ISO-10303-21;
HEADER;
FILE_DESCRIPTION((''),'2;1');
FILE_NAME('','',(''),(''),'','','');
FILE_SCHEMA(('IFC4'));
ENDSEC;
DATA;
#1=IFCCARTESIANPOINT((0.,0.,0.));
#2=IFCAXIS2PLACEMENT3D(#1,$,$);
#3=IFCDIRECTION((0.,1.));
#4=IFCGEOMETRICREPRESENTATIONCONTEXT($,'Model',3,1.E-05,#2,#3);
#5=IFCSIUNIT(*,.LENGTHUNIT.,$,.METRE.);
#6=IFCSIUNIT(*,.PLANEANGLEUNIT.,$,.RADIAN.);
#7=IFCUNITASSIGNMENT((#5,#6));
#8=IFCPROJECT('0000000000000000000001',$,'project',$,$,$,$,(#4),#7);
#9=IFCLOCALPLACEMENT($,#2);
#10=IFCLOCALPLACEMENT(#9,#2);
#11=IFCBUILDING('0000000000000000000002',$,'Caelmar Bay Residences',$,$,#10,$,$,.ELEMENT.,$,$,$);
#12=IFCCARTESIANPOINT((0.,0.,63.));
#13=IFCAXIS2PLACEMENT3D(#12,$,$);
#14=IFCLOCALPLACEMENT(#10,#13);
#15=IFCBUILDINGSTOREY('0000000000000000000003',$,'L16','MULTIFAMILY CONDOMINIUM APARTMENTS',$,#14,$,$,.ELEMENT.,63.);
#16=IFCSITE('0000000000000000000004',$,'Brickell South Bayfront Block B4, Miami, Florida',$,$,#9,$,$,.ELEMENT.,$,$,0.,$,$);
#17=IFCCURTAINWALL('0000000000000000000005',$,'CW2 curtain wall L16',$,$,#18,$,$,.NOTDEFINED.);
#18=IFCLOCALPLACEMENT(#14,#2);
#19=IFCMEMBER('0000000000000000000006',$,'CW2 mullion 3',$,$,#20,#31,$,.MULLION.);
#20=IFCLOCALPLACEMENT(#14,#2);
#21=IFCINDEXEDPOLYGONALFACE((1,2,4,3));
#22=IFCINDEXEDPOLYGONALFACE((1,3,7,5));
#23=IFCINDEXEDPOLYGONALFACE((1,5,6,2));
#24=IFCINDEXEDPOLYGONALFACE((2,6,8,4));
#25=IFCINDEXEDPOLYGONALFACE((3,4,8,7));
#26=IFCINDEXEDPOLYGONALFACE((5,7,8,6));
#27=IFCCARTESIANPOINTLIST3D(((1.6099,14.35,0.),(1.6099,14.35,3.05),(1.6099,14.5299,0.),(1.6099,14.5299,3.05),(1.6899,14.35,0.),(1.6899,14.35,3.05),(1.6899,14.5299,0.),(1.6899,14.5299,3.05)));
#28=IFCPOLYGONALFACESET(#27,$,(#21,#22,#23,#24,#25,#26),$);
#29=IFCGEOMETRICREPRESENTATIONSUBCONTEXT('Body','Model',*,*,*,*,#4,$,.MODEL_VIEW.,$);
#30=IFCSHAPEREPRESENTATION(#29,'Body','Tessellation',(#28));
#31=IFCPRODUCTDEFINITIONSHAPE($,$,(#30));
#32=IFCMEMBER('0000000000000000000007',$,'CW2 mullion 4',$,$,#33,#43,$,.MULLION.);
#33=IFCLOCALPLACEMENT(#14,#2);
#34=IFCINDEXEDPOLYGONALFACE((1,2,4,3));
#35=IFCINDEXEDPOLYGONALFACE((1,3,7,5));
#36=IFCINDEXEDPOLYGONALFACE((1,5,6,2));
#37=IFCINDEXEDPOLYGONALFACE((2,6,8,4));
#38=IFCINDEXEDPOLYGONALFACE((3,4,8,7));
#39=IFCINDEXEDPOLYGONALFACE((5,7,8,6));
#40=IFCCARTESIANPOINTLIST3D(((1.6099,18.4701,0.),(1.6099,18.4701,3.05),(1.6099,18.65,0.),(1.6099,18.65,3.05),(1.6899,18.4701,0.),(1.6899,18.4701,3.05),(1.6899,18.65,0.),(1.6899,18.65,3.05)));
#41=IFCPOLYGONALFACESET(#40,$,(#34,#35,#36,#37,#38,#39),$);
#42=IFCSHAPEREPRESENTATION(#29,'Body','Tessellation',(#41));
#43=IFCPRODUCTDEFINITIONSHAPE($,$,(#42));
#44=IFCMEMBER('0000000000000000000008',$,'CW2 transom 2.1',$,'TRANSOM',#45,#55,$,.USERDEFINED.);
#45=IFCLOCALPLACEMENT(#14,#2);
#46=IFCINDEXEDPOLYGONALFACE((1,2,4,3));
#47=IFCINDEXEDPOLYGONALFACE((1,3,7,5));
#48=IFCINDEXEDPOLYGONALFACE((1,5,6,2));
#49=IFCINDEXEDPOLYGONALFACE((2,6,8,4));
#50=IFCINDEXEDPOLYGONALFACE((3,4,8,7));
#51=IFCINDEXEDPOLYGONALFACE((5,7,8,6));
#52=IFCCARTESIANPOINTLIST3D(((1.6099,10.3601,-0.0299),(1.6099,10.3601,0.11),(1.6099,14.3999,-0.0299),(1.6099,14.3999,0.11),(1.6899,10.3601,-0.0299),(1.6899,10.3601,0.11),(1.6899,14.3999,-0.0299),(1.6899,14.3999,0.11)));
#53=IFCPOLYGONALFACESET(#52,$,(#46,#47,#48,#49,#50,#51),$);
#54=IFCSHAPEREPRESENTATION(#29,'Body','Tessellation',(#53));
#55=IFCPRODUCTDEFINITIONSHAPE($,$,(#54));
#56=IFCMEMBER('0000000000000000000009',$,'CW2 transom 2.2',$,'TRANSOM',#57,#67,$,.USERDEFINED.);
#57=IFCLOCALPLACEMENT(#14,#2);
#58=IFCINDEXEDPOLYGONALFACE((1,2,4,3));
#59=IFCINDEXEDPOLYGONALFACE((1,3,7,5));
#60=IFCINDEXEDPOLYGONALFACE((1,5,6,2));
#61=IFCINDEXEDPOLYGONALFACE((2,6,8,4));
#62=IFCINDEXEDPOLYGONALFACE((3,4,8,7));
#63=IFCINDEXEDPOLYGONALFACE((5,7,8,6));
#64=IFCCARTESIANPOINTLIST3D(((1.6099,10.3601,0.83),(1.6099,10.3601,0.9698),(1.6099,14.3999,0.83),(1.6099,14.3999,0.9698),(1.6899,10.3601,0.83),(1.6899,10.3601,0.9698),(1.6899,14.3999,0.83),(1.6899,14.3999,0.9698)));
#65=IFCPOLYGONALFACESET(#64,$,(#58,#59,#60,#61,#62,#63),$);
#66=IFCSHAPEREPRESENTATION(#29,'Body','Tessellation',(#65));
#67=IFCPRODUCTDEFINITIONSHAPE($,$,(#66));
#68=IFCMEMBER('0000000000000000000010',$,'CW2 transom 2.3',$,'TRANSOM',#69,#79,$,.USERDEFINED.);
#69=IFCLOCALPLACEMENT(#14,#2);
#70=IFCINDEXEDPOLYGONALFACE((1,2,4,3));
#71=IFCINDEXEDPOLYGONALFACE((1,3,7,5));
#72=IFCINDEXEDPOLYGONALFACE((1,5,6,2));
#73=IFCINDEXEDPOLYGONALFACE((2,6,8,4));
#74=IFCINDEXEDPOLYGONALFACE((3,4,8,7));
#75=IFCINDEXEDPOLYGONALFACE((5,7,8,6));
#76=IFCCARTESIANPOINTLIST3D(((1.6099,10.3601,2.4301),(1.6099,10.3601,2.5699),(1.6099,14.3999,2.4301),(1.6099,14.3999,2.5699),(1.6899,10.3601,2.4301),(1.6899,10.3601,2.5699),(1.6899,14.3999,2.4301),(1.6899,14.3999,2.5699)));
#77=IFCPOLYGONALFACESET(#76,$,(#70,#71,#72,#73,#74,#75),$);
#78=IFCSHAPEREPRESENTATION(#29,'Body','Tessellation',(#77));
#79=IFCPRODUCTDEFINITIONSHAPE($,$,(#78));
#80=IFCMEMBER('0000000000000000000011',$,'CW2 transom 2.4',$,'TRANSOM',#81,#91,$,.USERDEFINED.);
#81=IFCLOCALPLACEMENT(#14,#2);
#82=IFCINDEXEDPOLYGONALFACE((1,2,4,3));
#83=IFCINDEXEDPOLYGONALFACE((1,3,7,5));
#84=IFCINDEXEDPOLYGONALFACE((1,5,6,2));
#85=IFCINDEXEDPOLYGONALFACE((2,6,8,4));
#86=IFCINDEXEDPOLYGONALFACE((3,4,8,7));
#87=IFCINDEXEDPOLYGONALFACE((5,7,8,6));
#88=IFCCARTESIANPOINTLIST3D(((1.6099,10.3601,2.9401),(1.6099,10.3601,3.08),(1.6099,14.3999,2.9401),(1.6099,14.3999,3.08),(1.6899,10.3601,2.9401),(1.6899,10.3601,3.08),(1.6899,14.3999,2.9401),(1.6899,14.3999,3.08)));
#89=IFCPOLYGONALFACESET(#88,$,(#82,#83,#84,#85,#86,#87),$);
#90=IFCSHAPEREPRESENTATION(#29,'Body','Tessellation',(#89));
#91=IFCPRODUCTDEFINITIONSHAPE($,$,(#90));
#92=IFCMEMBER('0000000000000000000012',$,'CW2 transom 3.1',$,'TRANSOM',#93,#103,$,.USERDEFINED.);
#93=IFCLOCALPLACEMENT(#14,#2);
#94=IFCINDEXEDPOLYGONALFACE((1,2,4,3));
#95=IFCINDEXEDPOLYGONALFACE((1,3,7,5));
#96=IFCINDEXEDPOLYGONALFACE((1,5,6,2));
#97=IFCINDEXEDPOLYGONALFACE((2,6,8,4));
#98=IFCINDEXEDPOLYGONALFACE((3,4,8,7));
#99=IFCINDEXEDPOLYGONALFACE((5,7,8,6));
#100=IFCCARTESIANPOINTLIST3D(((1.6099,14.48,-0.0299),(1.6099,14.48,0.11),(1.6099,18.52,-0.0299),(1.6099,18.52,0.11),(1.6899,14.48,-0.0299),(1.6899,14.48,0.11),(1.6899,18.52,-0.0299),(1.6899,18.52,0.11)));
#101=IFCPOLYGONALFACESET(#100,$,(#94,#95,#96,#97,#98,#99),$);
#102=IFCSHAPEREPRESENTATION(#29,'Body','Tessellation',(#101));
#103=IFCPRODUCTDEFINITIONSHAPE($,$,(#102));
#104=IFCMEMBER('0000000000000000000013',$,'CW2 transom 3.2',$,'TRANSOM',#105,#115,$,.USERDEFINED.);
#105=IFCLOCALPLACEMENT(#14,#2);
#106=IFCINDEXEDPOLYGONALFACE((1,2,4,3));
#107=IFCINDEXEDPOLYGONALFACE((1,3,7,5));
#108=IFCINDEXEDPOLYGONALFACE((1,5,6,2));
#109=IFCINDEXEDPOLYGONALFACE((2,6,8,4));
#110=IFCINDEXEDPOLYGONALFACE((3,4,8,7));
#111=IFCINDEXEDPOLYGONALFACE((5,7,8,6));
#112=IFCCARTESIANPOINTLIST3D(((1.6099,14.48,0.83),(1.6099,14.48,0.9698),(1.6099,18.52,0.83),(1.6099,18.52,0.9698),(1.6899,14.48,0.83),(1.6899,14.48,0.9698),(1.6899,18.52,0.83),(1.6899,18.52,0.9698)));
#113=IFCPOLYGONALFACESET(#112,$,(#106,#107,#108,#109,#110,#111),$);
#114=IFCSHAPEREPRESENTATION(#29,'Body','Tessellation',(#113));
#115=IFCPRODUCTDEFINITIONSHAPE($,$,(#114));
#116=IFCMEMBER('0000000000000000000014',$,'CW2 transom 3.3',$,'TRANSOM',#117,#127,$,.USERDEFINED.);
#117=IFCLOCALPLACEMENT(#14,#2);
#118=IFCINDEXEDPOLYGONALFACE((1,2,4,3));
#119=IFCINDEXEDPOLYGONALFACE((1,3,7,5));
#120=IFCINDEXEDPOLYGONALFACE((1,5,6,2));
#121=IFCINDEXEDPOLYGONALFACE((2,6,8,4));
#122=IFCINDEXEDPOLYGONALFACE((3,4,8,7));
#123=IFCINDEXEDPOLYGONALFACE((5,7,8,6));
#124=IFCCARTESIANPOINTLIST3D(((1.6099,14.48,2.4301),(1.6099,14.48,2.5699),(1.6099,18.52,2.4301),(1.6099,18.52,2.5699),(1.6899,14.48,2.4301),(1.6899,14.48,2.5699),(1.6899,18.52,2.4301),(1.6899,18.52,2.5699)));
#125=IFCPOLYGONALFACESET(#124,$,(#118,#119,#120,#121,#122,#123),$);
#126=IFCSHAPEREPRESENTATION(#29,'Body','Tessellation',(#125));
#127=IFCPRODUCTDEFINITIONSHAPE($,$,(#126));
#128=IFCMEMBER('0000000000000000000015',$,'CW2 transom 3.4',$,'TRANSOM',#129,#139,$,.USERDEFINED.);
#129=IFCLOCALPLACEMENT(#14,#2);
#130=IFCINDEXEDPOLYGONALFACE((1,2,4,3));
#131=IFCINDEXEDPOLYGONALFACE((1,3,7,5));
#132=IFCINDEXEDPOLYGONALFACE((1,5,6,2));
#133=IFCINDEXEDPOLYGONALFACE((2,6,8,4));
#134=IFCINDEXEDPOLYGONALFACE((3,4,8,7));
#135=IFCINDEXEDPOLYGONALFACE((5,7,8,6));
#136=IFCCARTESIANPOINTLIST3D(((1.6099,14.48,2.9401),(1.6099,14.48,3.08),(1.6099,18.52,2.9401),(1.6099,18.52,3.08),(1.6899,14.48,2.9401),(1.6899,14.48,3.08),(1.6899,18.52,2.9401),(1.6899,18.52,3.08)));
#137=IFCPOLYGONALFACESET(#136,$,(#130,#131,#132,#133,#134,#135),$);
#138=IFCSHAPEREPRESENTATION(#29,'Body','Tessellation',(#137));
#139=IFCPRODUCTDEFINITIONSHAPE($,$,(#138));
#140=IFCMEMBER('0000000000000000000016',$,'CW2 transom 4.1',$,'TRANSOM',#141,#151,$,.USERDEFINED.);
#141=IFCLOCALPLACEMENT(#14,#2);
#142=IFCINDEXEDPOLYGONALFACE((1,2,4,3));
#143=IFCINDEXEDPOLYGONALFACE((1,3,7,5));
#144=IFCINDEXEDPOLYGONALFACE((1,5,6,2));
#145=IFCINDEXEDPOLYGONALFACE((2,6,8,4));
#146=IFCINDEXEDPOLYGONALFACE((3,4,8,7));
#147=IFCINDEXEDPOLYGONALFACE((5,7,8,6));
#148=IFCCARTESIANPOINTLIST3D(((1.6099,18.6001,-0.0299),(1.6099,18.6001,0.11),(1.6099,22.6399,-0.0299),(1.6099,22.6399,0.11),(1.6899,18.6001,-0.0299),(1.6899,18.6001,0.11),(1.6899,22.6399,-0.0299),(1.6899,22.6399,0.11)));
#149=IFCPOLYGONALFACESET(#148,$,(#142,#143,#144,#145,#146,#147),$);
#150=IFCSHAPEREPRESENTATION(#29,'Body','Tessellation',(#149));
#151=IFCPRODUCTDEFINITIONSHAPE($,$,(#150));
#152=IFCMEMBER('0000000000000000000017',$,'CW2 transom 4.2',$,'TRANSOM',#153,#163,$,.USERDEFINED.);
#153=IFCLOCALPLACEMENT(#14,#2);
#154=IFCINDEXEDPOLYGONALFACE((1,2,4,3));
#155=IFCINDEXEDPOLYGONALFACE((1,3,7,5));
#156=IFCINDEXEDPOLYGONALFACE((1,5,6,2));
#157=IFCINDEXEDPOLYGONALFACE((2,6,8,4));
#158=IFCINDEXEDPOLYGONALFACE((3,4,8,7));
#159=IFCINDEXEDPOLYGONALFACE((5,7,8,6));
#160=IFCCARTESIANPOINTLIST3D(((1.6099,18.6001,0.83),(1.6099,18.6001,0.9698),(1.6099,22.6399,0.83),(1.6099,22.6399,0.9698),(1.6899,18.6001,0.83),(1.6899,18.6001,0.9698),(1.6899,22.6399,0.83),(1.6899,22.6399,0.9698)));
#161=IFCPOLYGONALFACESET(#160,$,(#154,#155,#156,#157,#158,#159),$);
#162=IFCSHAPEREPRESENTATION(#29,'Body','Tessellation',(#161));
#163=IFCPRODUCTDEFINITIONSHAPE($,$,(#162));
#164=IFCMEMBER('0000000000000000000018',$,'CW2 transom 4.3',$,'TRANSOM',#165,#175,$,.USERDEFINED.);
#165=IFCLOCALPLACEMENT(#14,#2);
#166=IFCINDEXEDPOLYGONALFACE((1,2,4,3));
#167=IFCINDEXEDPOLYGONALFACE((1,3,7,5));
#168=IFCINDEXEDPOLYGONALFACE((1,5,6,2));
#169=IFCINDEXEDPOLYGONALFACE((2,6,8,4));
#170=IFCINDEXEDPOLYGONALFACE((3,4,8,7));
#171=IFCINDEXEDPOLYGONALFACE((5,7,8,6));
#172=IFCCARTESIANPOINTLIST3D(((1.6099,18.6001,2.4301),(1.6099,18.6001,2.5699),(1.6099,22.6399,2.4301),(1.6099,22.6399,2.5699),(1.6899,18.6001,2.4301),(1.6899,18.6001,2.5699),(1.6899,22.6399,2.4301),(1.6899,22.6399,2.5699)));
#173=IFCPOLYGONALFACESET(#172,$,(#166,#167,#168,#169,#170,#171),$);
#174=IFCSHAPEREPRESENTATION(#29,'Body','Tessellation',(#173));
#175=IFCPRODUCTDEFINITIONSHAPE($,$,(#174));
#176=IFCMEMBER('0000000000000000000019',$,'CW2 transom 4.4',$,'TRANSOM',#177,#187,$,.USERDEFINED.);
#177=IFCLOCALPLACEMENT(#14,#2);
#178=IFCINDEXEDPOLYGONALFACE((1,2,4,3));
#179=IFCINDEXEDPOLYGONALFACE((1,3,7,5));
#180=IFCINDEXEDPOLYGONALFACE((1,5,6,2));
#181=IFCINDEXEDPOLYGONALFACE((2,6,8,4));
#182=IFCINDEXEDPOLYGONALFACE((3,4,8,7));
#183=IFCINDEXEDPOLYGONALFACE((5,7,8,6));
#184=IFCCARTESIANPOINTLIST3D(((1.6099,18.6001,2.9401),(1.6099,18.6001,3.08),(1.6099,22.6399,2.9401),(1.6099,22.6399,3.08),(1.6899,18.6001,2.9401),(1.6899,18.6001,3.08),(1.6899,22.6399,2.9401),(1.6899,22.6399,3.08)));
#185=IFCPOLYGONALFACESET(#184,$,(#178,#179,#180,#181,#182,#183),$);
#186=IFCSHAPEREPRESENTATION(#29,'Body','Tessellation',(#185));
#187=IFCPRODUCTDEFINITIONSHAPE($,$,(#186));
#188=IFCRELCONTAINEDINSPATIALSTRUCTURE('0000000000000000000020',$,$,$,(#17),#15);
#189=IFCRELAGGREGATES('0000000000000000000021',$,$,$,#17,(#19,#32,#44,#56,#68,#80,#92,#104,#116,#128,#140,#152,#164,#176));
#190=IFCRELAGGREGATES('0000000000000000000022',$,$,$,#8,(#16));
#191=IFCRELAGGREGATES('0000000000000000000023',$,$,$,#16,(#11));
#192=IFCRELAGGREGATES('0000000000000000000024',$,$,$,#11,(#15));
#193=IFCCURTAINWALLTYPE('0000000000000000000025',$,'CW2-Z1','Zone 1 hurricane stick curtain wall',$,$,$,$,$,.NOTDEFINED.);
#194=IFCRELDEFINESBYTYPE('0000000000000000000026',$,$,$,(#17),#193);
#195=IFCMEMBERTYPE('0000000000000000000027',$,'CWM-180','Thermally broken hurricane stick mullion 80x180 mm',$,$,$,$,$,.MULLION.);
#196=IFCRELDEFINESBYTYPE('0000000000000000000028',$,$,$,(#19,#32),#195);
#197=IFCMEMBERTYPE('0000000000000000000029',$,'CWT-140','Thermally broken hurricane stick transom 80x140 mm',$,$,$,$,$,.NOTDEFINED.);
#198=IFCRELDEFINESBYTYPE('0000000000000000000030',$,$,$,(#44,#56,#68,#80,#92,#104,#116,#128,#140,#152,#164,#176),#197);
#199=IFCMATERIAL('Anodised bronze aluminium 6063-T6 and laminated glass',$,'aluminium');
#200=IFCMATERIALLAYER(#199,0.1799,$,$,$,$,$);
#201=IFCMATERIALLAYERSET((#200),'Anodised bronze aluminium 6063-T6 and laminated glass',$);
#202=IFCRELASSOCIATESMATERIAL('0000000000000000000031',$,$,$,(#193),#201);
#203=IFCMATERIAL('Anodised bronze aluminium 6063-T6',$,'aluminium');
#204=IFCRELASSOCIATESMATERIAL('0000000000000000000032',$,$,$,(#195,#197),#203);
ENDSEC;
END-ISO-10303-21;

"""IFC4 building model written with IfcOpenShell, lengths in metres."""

from ifc_helpers import new_model, si_unit, direction, frame, origin, origin_2d, place, context, subcontext, project, spatial, rectangle, extrude, material, layer, layer_set, material_profile, profile_set, type_object, element, aggregate, save


model = new_model("IFC4")

# Units and contexts
model_context = context("Model", 3, precision=1e-05, world=origin(), true_north=direction((0.0, 1.0)))
body_context = subcontext(model_context, "Body", "Model", "MODEL_VIEW")
ifc_project = project(units=[si_unit("LENGTHUNIT", "METRE"), si_unit("PLANEANGLEUNIT", "RADIAN")], contexts=[model_context])

# Site, building, storey
site_placement = place(None, origin())
site = spatial("IfcSite", under=ifc_project, at=site_placement, Name="Brickell South Bayfront Block B4, Miami, Florida", CompositionType="ELEMENT", RefElevation=0.0)
building_placement = place(site_placement, origin())
building = spatial("IfcBuilding", under=site, at=building_placement, Name="Caelmar Bay Residences", CompositionType="ELEMENT")
storey_placement = place(building_placement, frame((0.0, 0.0, 63.0)))
storey = spatial("IfcBuildingStorey", under=building, at=storey_placement, Name="L16", Description="MULTIFAMILY CONDOMINIUM APARTMENTS", CompositionType="ELEMENT", Elevation=63.0)

# Curtain wall, members
ifc_material_1 = material(Name="Anodised bronze aluminium 6063-T6 and laminated glass", Category="aluminium")
ifc_layer_1 = layer(ifc_material_1, 0.1799)
ifc_layer_set_1 = layer_set([ifc_layer_1], Name="Anodised bronze aluminium 6063-T6 and laminated glass")
curtain_wall_type = type_object("IfcCurtainWallType", Name="CW2-Z1", Description="Zone 1 hurricane stick curtain wall", PredefinedType="NOTDEFINED", material=ifc_layer_set_1)
curtain_wall_placement = place(storey_placement, origin())
curtain_wall = element("IfcCurtainWall", 1, at=curtain_wall_placement, inside=storey, type_object=curtain_wall_type, Name="CW2 curtain wall L16", PredefinedType="NOTDEFINED")
ifc_material_2 = material(Name="Anodised bronze aluminium 6063-T6", Category="aluminium")
ifc_material_profile_1 = material_profile(ifc_material_2, rectangle(XDim=0.0801, YDim=0.1799, at=origin_2d()), Name="CWM-80X180")
ifc_profile_set_1 = profile_set([ifc_material_profile_1], Name="Anodised bronze aluminium 6063-T6")
member_type_1 = type_object("IfcMemberType", Name="CWM-180", Description="Thermally broken hurricane stick mullion 80x180 mm", PredefinedType="MULLION", material=ifc_profile_set_1)
member_1_placement = place(storey_placement, frame((1.6499, 14.4399, 0.0), z_axis=(0.0, 0.0, 1.0), x_axis=(-1.0, 0.0, 0.0)))
member_1 = element("IfcMember", 2, at=member_1_placement, type_object=member_type_1, Name="CW2 mullion 3", PredefinedType="MULLION", context=body_context, shape_type="SweptSolid", body=[
    extrude(rectangle(XDim=0.0801, YDim=0.1799, at=origin_2d()), origin(), (0.0, 0.0, 1.0), 3.05),
])
member_2_placement = place(storey_placement, frame((1.6499, 18.5601, 0.0), z_axis=(0.0, 0.0, 1.0), x_axis=(-1.0, 0.0, 0.0)))
member_2 = element("IfcMember", 3, at=member_2_placement, type_object=member_type_1, Name="CW2 mullion 4", PredefinedType="MULLION", context=body_context, shape_type="SweptSolid", body=[
    extrude(rectangle(XDim=0.0801, YDim=0.1799, at=origin_2d()), origin(), (0.0, 0.0, 1.0), 3.05),
])
ifc_material_profile_2 = material_profile(ifc_material_2, rectangle(XDim=0.0801, YDim=0.1399, at=origin_2d()), Name="CWT-80X140")
ifc_profile_set_2 = profile_set([ifc_material_profile_2], Name="Anodised bronze aluminium 6063-T6")
member_type_2 = type_object("IfcMemberType", Name="CWT-140", Description="Thermally broken hurricane stick transom 80x140 mm", PredefinedType="NOTDEFINED", material=ifc_profile_set_2)
member_3_placement = place(storey_placement, frame((1.6499, 10.3601, 0.04), z_axis=(0.0, 1.0, 0.0), x_axis=(-1.0, 0.0, 0.0)))
member_3 = element("IfcMember", 4, at=member_3_placement, type_object=member_type_2, Name="CW2 transom 2.1", ObjectType="TRANSOM", PredefinedType="USERDEFINED", context=body_context, shape_type="SweptSolid", body=[
    extrude(rectangle(XDim=0.0801, YDim=0.1399, at=origin_2d()), origin(), (0.0, 0.0, 1.0), 4.0398),
])
member_4_placement = place(storey_placement, frame((1.6499, 10.3601, 0.8999), z_axis=(0.0, 1.0, 0.0), x_axis=(-1.0, 0.0, 0.0)))
member_4 = element("IfcMember", 5, at=member_4_placement, type_object=member_type_2, Name="CW2 transom 2.2", ObjectType="TRANSOM", PredefinedType="USERDEFINED", context=body_context, shape_type="SweptSolid", body=[
    extrude(rectangle(XDim=0.0801, YDim=0.1399, at=origin_2d()), origin(), (0.0, 0.0, 1.0), 4.0398),
])
member_5_placement = place(storey_placement, frame((1.6499, 10.3601, 2.5), z_axis=(0.0, 1.0, 0.0), x_axis=(-1.0, 0.0, 0.0)))
member_5 = element("IfcMember", 6, at=member_5_placement, type_object=member_type_2, Name="CW2 transom 2.3", ObjectType="TRANSOM", PredefinedType="USERDEFINED", context=body_context, shape_type="SweptSolid", body=[
    extrude(rectangle(XDim=0.0801, YDim=0.1399, at=origin_2d()), origin(), (0.0, 0.0, 1.0), 4.0398),
])
member_6_placement = place(storey_placement, frame((1.6499, 10.3601, 3.01), z_axis=(0.0, 1.0, 0.0), x_axis=(-1.0, 0.0, 0.0)))
member_6 = element("IfcMember", 7, at=member_6_placement, type_object=member_type_2, Name="CW2 transom 2.4", ObjectType="TRANSOM", PredefinedType="USERDEFINED", context=body_context, shape_type="SweptSolid", body=[
    extrude(rectangle(XDim=0.0801, YDim=0.1399, at=origin_2d()), origin(), (0.0, 0.0, 1.0), 4.0398),
])
member_7_placement = place(storey_placement, frame((1.6499, 14.48, 0.04), z_axis=(0.0, 1.0, 0.0), x_axis=(-1.0, 0.0, 0.0)))
member_7 = element("IfcMember", 8, at=member_7_placement, type_object=member_type_2, Name="CW2 transom 3.1", ObjectType="TRANSOM", PredefinedType="USERDEFINED", context=body_context, shape_type="SweptSolid", body=[
    extrude(rectangle(XDim=0.0801, YDim=0.1399, at=origin_2d()), origin(), (0.0, 0.0, 1.0), 4.04),
])
member_8_placement = place(storey_placement, frame((1.6499, 14.48, 0.8999), z_axis=(0.0, 1.0, 0.0), x_axis=(-1.0, 0.0, 0.0)))
member_8 = element("IfcMember", 9, at=member_8_placement, type_object=member_type_2, Name="CW2 transom 3.2", ObjectType="TRANSOM", PredefinedType="USERDEFINED", context=body_context, shape_type="SweptSolid", body=[
    extrude(rectangle(XDim=0.0801, YDim=0.1399, at=origin_2d()), origin(), (0.0, 0.0, 1.0), 4.04),
])
member_9_placement = place(storey_placement, frame((1.6499, 14.48, 2.5), z_axis=(0.0, 1.0, 0.0), x_axis=(-1.0, 0.0, 0.0)))
member_9 = element("IfcMember", 10, at=member_9_placement, type_object=member_type_2, Name="CW2 transom 3.3", ObjectType="TRANSOM", PredefinedType="USERDEFINED", context=body_context, shape_type="SweptSolid", body=[
    extrude(rectangle(XDim=0.0801, YDim=0.1399, at=origin_2d()), origin(), (0.0, 0.0, 1.0), 4.04),
])
member_10_placement = place(storey_placement, frame((1.6499, 14.48, 3.01), z_axis=(0.0, 1.0, 0.0), x_axis=(-1.0, 0.0, 0.0)))
member_10 = element("IfcMember", 11, at=member_10_placement, type_object=member_type_2, Name="CW2 transom 3.4", ObjectType="TRANSOM", PredefinedType="USERDEFINED", context=body_context, shape_type="SweptSolid", body=[
    extrude(rectangle(XDim=0.0801, YDim=0.1399, at=origin_2d()), origin(), (0.0, 0.0, 1.0), 4.04),
])
member_11_placement = place(storey_placement, frame((1.6499, 18.6001, 0.04), z_axis=(0.0, 1.0, 0.0), x_axis=(-1.0, 0.0, 0.0)))
member_11 = element("IfcMember", 12, at=member_11_placement, type_object=member_type_2, Name="CW2 transom 4.1", ObjectType="TRANSOM", PredefinedType="USERDEFINED", context=body_context, shape_type="SweptSolid", body=[
    extrude(rectangle(XDim=0.0801, YDim=0.1399, at=origin_2d()), origin(), (0.0, 0.0, 1.0), 4.0398),
])
member_12_placement = place(storey_placement, frame((1.6499, 18.6001, 0.8999), z_axis=(0.0, 1.0, 0.0), x_axis=(-1.0, 0.0, 0.0)))
member_12 = element("IfcMember", 13, at=member_12_placement, type_object=member_type_2, Name="CW2 transom 4.2", ObjectType="TRANSOM", PredefinedType="USERDEFINED", context=body_context, shape_type="SweptSolid", body=[
    extrude(rectangle(XDim=0.0801, YDim=0.1399, at=origin_2d()), origin(), (0.0, 0.0, 1.0), 4.0398),
])
member_13_placement = place(storey_placement, frame((1.6499, 18.6001, 2.5), z_axis=(0.0, 1.0, 0.0), x_axis=(-1.0, 0.0, 0.0)))
member_13 = element("IfcMember", 14, at=member_13_placement, type_object=member_type_2, Name="CW2 transom 4.3", ObjectType="TRANSOM", PredefinedType="USERDEFINED", context=body_context, shape_type="SweptSolid", body=[
    extrude(rectangle(XDim=0.0801, YDim=0.1399, at=origin_2d()), origin(), (0.0, 0.0, 1.0), 4.0398),
])
member_14_placement = place(storey_placement, frame((1.6499, 18.6001, 3.01), z_axis=(0.0, 1.0, 0.0), x_axis=(-1.0, 0.0, 0.0)))
member_14 = element("IfcMember", 15, at=member_14_placement, type_object=member_type_2, Name="CW2 transom 4.4", ObjectType="TRANSOM", PredefinedType="USERDEFINED", context=body_context, shape_type="SweptSolid", body=[
    extrude(rectangle(XDim=0.0801, YDim=0.1399, at=origin_2d()), origin(), (0.0, 0.0, 1.0), 4.0398),
])
aggregate(curtain_wall, [member_1, member_2, member_3, member_4, member_5, member_6, member_7, member_8, member_9, member_10, member_11, member_12, member_13, member_14])

save(model, "model.ifc")
